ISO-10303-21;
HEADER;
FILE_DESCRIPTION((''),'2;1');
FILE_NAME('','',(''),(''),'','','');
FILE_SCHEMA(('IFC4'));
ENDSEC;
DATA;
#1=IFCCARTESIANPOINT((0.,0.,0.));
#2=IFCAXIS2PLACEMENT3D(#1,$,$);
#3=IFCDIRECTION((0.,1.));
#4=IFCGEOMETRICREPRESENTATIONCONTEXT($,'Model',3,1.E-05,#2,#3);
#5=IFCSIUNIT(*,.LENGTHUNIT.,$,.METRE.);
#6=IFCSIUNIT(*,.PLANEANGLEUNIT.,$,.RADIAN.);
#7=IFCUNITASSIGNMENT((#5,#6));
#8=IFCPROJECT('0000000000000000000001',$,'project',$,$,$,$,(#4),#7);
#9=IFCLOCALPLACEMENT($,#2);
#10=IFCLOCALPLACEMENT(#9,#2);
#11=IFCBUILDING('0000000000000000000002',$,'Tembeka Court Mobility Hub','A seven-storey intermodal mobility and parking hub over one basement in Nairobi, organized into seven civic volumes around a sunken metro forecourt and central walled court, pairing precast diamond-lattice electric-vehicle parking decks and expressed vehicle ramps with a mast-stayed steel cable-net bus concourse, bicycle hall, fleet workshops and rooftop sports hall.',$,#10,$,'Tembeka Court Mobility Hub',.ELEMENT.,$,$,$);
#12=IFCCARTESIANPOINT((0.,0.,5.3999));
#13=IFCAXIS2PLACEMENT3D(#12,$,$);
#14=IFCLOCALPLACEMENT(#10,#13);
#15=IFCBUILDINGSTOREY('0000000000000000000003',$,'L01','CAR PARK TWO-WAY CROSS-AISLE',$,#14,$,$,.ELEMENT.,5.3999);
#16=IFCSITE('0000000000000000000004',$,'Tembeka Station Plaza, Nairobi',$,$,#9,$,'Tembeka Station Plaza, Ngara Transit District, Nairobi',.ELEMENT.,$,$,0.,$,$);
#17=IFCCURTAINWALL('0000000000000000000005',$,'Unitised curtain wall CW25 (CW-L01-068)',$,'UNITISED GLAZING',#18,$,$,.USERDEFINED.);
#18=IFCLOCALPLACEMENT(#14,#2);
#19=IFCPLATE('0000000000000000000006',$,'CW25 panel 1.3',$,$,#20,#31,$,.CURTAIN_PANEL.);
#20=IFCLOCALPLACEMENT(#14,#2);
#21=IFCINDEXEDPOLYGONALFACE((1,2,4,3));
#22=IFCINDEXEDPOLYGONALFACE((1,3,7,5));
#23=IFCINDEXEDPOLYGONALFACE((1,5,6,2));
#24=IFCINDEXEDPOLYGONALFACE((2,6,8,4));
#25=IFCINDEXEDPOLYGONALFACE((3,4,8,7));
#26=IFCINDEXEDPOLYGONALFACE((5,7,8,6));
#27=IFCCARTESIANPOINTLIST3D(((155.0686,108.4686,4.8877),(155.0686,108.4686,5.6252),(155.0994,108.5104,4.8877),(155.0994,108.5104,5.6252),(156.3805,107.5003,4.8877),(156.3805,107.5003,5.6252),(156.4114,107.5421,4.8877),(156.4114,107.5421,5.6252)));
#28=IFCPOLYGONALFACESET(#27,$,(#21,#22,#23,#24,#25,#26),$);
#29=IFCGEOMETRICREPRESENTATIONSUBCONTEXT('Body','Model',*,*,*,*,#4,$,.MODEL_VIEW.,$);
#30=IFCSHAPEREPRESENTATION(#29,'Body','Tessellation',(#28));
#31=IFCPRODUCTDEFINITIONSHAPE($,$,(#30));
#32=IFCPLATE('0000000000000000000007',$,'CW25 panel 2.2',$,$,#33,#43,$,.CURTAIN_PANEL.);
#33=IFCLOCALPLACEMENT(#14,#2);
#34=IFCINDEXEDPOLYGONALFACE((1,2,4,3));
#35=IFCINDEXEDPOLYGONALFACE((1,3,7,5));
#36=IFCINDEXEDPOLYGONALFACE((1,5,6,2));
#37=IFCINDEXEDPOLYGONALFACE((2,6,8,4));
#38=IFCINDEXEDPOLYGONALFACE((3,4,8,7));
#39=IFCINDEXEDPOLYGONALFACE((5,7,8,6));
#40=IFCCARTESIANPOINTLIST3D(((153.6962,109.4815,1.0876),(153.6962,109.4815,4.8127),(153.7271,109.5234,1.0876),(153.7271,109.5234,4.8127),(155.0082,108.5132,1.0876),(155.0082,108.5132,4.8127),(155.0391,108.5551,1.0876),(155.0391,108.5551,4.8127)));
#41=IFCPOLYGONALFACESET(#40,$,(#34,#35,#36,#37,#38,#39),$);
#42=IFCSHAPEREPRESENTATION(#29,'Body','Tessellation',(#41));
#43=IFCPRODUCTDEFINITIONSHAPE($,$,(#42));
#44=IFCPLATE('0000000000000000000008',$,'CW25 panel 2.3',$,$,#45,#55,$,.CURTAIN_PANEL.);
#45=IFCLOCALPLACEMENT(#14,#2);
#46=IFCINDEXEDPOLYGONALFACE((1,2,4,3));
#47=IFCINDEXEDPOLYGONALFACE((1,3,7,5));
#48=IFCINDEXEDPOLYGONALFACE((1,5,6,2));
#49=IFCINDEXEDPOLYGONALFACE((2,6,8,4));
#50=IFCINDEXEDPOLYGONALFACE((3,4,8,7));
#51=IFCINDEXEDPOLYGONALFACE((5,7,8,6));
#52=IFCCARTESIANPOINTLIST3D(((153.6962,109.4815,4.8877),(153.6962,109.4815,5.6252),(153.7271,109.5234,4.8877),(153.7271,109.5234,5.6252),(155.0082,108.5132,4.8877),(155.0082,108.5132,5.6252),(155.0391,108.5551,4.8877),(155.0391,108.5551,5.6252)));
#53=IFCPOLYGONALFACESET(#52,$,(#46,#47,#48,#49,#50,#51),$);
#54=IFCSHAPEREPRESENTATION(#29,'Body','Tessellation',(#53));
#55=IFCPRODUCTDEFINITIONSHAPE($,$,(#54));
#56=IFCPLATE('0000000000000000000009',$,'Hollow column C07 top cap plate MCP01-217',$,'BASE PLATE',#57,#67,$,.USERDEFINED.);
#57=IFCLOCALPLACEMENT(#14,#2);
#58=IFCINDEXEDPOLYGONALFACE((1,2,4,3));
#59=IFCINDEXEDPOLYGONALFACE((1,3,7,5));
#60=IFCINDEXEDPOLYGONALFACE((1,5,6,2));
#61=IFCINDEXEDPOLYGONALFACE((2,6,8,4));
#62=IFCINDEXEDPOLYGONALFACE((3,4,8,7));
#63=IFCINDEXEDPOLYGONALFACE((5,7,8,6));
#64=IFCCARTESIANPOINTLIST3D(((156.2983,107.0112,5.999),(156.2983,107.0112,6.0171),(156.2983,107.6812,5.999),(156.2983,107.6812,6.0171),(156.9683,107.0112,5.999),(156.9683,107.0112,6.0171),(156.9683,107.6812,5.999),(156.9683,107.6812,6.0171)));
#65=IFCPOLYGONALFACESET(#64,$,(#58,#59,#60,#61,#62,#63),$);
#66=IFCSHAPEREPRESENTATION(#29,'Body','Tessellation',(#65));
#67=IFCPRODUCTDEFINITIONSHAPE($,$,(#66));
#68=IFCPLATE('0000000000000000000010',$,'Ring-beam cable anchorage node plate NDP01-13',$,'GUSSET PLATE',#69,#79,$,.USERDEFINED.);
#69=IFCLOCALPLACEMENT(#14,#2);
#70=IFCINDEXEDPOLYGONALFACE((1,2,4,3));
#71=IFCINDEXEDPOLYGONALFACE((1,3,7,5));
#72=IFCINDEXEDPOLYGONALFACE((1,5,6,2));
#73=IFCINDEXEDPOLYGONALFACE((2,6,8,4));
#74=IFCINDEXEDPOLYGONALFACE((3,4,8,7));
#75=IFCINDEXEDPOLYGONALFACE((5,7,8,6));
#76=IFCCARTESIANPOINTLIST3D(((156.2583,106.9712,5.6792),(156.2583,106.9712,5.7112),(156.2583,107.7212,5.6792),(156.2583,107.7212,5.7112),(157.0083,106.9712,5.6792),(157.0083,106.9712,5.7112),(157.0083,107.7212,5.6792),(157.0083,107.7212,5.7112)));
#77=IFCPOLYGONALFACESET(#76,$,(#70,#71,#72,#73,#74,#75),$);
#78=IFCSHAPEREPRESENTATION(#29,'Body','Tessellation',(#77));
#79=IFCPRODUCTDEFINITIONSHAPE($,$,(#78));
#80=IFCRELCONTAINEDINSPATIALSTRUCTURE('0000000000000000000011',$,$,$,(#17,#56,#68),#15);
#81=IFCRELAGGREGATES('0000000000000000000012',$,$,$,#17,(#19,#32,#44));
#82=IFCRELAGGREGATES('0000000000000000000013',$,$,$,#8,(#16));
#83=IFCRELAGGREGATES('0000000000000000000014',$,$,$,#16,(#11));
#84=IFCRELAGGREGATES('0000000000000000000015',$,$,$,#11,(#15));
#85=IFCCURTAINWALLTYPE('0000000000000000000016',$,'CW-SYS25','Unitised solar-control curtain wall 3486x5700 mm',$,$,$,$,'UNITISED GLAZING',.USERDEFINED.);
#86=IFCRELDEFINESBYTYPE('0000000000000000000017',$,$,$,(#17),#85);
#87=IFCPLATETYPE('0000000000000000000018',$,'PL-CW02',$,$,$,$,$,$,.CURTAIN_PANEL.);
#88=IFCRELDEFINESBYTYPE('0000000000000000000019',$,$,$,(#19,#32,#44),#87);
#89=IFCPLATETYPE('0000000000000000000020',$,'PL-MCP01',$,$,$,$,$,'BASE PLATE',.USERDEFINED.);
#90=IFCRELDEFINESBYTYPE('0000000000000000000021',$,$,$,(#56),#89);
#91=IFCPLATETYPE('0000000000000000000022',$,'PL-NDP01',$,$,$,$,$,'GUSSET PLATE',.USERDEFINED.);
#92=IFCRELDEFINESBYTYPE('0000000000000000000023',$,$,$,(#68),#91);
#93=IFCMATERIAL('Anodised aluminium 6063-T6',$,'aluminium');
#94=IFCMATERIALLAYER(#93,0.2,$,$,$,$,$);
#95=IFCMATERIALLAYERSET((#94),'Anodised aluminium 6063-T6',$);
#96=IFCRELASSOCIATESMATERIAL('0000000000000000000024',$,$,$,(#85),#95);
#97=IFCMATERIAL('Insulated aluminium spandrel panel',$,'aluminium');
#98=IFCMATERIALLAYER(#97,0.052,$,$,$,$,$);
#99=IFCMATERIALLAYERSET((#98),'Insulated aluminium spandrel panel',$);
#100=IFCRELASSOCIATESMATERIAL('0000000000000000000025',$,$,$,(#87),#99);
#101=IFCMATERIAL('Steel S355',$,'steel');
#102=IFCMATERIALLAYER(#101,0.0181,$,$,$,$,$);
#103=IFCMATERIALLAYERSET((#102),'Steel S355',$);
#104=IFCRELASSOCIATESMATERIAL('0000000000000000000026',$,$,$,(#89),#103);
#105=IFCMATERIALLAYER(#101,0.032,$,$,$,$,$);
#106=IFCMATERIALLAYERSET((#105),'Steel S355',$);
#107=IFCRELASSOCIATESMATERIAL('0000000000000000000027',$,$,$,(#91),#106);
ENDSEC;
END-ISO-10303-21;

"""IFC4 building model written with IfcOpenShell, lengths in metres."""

from ifc_helpers import new_model, si_unit, direction, frame, origin, origin_2d, place, context, subcontext, project, spatial, rectangle, extrude, material, layer, layer_set, type_object, element, aggregate, save


model = new_model("IFC4")

# Units and contexts
model_context = context("Model", 3, precision=1e-05, world=origin(), true_north=direction((0.0, 1.0)))
body_context = subcontext(model_context, "Body", "Model", "MODEL_VIEW")
ifc_project = project(units=[si_unit("LENGTHUNIT", "METRE"), si_unit("PLANEANGLEUNIT", "RADIAN")], contexts=[model_context])

# Site, building, storey
site_placement = place(None, origin())
site = spatial("IfcSite", under=ifc_project, at=site_placement, Name="Tembeka Station Plaza, Nairobi", LongName="Tembeka Station Plaza, Ngara Transit District, Nairobi", CompositionType="ELEMENT", RefElevation=0.0)
building_placement = place(site_placement, origin())
building = spatial("IfcBuilding", under=site, at=building_placement, Name="Tembeka Court Mobility Hub", Description="A seven-storey intermodal mobility and parking hub over one basement in Nairobi, organized into seven civic volumes around a sunken metro forecourt and central walled court, pairing precast diamond-lattice electric-vehicle parking decks and expressed vehicle ramps with a mast-stayed steel cable-net bus concourse, bicycle hall, fleet workshops and rooftop sports hall.", LongName="Tembeka Court Mobility Hub", CompositionType="ELEMENT")
storey_placement = place(building_placement, frame((0.0, 0.0, 5.3999)))
storey = spatial("IfcBuildingStorey", under=building, at=storey_placement, Name="L01", Description="CAR PARK TWO-WAY CROSS-AISLE", CompositionType="ELEMENT", Elevation=5.3999)

# Shared definitions
ifc_material_1 = material(Name="Steel S355", Category="steel")

# Shared definitions
ifc_material_2 = material(Name="Anodised aluminium 6063-T6", Category="aluminium")
ifc_layer_1 = layer(ifc_material_2, 0.2)
ifc_layer_set_1 = layer_set([ifc_layer_1], Name="Anodised aluminium 6063-T6")
curtain_wall_type = type_object("IfcCurtainWallType", Name="CW-SYS25", Description="Unitised solar-control curtain wall 3486x5700 mm", ElementType="UNITISED GLAZING", PredefinedType="USERDEFINED", material=ifc_layer_set_1)

# Curtain wall
curtain_wall_1_placement = place(storey_placement, origin())
curtain_wall_1 = element("IfcCurtainWall", 1, at=curtain_wall_1_placement, inside=storey, type_object=curtain_wall_type, Name="Unitised curtain wall CW25 (CW-L01-068)", ObjectType="UNITISED GLAZING", PredefinedType="USERDEFINED")

# Plates
ifc_material_3 = material(Name="Insulated aluminium spandrel panel", Category="aluminium")
ifc_layer_2 = layer(ifc_material_3, 0.052)
ifc_layer_set_2 = layer_set([ifc_layer_2], Name="Insulated aluminium spandrel panel")
plate_type_1 = type_object("IfcPlateType", Name="PL-CW02", PredefinedType="CURTAIN_PANEL", material=ifc_layer_set_2)
plate_1_placement = place(storey_placement, frame((155.74, 108.0054, 4.8877), z_axis=(0.0, 0.0, 1.0), x_axis=(-0.804599, 0.593818, 0.0)))
plate_1 = element("IfcPlate", 2, at=plate_1_placement, type_object=plate_type_1, Name="CW25 panel 1.3", PredefinedType="CURTAIN_PANEL", context=body_context, shape_type="SweptSolid", body=[
    extrude(rectangle(XDim=1.6306, YDim=0.052, at=origin_2d()), origin(), (0.0, 0.0, 1.0), 0.7375),
])
plate_2_placement = place(storey_placement, frame((154.3677, 109.0183, 1.0876), z_axis=(0.0, 0.0, 1.0), x_axis=(-0.804599, 0.593818, 0.0)))
plate_2 = element("IfcPlate", 3, at=plate_2_placement, type_object=plate_type_1, Name="CW25 panel 2.2", PredefinedType="CURTAIN_PANEL", context=body_context, shape_type="SweptSolid", body=[
    extrude(rectangle(XDim=1.6306, YDim=0.052, at=origin_2d()), origin(), (0.0, 0.0, 1.0), 3.7251),
])
plate_3_placement = place(storey_placement, frame((154.3677, 109.0183, 4.8877), z_axis=(0.0, 0.0, 1.0), x_axis=(-0.804599, 0.593818, 0.0)))
plate_3 = element("IfcPlate", 4, at=plate_3_placement, type_object=plate_type_1, Name="CW25 panel 2.3", PredefinedType="CURTAIN_PANEL", context=body_context, shape_type="SweptSolid", body=[
    extrude(rectangle(XDim=1.6306, YDim=0.052, at=origin_2d()), origin(), (0.0, 0.0, 1.0), 0.7375),
])
aggregate(curtain_wall_1, [plate_1, plate_2, plate_3])

# Plates
ifc_layer_3 = layer(ifc_material_1, 0.0181)
ifc_layer_set_3 = layer_set([ifc_layer_3], Name="Steel S355")
plate_type_2 = type_object("IfcPlateType", Name="PL-MCP01", ElementType="BASE PLATE", PredefinedType="USERDEFINED", material=ifc_layer_set_3)
plate_4_placement = place(storey_placement, frame((156.6333, 107.3462, 5.999), z_axis=(0.0, 0.0, 1.0), x_axis=(1.0, 0.0, 0.0)))
element("IfcPlate", 5, at=plate_4_placement, inside=storey, type_object=plate_type_2, Name="Hollow column C07 top cap plate MCP01-217", ObjectType="BASE PLATE", PredefinedType="USERDEFINED", context=body_context, shape_type="SweptSolid", body=[
    extrude(rectangle(XDim=0.6699, YDim=0.6699, at=origin_2d()), origin(), (0.0, 0.0, 1.0), 0.0181),
])
ifc_layer_4 = layer(ifc_material_1, 0.032)
ifc_layer_set_4 = layer_set([ifc_layer_4], Name="Steel S355")
plate_type_3 = type_object("IfcPlateType", Name="PL-NDP01", ElementType="GUSSET PLATE", PredefinedType="USERDEFINED", material=ifc_layer_set_4)
plate_5_placement = place(storey_placement, frame((156.6333, 107.3462, 5.6792), z_axis=(0.0, 0.0, 1.0), x_axis=(1.0, 0.0, 0.0)))
element("IfcPlate", 6, at=plate_5_placement, inside=storey, type_object=plate_type_3, Name="Ring-beam cable anchorage node plate NDP01-13", ObjectType="GUSSET PLATE", PredefinedType="USERDEFINED", context=body_context, shape_type="SweptSolid", body=[
    extrude(rectangle(XDim=0.75, YDim=0.75, at=origin_2d()), origin(), (0.0, 0.0, 1.0), 0.032),
])

save(model, "model.ifc")
